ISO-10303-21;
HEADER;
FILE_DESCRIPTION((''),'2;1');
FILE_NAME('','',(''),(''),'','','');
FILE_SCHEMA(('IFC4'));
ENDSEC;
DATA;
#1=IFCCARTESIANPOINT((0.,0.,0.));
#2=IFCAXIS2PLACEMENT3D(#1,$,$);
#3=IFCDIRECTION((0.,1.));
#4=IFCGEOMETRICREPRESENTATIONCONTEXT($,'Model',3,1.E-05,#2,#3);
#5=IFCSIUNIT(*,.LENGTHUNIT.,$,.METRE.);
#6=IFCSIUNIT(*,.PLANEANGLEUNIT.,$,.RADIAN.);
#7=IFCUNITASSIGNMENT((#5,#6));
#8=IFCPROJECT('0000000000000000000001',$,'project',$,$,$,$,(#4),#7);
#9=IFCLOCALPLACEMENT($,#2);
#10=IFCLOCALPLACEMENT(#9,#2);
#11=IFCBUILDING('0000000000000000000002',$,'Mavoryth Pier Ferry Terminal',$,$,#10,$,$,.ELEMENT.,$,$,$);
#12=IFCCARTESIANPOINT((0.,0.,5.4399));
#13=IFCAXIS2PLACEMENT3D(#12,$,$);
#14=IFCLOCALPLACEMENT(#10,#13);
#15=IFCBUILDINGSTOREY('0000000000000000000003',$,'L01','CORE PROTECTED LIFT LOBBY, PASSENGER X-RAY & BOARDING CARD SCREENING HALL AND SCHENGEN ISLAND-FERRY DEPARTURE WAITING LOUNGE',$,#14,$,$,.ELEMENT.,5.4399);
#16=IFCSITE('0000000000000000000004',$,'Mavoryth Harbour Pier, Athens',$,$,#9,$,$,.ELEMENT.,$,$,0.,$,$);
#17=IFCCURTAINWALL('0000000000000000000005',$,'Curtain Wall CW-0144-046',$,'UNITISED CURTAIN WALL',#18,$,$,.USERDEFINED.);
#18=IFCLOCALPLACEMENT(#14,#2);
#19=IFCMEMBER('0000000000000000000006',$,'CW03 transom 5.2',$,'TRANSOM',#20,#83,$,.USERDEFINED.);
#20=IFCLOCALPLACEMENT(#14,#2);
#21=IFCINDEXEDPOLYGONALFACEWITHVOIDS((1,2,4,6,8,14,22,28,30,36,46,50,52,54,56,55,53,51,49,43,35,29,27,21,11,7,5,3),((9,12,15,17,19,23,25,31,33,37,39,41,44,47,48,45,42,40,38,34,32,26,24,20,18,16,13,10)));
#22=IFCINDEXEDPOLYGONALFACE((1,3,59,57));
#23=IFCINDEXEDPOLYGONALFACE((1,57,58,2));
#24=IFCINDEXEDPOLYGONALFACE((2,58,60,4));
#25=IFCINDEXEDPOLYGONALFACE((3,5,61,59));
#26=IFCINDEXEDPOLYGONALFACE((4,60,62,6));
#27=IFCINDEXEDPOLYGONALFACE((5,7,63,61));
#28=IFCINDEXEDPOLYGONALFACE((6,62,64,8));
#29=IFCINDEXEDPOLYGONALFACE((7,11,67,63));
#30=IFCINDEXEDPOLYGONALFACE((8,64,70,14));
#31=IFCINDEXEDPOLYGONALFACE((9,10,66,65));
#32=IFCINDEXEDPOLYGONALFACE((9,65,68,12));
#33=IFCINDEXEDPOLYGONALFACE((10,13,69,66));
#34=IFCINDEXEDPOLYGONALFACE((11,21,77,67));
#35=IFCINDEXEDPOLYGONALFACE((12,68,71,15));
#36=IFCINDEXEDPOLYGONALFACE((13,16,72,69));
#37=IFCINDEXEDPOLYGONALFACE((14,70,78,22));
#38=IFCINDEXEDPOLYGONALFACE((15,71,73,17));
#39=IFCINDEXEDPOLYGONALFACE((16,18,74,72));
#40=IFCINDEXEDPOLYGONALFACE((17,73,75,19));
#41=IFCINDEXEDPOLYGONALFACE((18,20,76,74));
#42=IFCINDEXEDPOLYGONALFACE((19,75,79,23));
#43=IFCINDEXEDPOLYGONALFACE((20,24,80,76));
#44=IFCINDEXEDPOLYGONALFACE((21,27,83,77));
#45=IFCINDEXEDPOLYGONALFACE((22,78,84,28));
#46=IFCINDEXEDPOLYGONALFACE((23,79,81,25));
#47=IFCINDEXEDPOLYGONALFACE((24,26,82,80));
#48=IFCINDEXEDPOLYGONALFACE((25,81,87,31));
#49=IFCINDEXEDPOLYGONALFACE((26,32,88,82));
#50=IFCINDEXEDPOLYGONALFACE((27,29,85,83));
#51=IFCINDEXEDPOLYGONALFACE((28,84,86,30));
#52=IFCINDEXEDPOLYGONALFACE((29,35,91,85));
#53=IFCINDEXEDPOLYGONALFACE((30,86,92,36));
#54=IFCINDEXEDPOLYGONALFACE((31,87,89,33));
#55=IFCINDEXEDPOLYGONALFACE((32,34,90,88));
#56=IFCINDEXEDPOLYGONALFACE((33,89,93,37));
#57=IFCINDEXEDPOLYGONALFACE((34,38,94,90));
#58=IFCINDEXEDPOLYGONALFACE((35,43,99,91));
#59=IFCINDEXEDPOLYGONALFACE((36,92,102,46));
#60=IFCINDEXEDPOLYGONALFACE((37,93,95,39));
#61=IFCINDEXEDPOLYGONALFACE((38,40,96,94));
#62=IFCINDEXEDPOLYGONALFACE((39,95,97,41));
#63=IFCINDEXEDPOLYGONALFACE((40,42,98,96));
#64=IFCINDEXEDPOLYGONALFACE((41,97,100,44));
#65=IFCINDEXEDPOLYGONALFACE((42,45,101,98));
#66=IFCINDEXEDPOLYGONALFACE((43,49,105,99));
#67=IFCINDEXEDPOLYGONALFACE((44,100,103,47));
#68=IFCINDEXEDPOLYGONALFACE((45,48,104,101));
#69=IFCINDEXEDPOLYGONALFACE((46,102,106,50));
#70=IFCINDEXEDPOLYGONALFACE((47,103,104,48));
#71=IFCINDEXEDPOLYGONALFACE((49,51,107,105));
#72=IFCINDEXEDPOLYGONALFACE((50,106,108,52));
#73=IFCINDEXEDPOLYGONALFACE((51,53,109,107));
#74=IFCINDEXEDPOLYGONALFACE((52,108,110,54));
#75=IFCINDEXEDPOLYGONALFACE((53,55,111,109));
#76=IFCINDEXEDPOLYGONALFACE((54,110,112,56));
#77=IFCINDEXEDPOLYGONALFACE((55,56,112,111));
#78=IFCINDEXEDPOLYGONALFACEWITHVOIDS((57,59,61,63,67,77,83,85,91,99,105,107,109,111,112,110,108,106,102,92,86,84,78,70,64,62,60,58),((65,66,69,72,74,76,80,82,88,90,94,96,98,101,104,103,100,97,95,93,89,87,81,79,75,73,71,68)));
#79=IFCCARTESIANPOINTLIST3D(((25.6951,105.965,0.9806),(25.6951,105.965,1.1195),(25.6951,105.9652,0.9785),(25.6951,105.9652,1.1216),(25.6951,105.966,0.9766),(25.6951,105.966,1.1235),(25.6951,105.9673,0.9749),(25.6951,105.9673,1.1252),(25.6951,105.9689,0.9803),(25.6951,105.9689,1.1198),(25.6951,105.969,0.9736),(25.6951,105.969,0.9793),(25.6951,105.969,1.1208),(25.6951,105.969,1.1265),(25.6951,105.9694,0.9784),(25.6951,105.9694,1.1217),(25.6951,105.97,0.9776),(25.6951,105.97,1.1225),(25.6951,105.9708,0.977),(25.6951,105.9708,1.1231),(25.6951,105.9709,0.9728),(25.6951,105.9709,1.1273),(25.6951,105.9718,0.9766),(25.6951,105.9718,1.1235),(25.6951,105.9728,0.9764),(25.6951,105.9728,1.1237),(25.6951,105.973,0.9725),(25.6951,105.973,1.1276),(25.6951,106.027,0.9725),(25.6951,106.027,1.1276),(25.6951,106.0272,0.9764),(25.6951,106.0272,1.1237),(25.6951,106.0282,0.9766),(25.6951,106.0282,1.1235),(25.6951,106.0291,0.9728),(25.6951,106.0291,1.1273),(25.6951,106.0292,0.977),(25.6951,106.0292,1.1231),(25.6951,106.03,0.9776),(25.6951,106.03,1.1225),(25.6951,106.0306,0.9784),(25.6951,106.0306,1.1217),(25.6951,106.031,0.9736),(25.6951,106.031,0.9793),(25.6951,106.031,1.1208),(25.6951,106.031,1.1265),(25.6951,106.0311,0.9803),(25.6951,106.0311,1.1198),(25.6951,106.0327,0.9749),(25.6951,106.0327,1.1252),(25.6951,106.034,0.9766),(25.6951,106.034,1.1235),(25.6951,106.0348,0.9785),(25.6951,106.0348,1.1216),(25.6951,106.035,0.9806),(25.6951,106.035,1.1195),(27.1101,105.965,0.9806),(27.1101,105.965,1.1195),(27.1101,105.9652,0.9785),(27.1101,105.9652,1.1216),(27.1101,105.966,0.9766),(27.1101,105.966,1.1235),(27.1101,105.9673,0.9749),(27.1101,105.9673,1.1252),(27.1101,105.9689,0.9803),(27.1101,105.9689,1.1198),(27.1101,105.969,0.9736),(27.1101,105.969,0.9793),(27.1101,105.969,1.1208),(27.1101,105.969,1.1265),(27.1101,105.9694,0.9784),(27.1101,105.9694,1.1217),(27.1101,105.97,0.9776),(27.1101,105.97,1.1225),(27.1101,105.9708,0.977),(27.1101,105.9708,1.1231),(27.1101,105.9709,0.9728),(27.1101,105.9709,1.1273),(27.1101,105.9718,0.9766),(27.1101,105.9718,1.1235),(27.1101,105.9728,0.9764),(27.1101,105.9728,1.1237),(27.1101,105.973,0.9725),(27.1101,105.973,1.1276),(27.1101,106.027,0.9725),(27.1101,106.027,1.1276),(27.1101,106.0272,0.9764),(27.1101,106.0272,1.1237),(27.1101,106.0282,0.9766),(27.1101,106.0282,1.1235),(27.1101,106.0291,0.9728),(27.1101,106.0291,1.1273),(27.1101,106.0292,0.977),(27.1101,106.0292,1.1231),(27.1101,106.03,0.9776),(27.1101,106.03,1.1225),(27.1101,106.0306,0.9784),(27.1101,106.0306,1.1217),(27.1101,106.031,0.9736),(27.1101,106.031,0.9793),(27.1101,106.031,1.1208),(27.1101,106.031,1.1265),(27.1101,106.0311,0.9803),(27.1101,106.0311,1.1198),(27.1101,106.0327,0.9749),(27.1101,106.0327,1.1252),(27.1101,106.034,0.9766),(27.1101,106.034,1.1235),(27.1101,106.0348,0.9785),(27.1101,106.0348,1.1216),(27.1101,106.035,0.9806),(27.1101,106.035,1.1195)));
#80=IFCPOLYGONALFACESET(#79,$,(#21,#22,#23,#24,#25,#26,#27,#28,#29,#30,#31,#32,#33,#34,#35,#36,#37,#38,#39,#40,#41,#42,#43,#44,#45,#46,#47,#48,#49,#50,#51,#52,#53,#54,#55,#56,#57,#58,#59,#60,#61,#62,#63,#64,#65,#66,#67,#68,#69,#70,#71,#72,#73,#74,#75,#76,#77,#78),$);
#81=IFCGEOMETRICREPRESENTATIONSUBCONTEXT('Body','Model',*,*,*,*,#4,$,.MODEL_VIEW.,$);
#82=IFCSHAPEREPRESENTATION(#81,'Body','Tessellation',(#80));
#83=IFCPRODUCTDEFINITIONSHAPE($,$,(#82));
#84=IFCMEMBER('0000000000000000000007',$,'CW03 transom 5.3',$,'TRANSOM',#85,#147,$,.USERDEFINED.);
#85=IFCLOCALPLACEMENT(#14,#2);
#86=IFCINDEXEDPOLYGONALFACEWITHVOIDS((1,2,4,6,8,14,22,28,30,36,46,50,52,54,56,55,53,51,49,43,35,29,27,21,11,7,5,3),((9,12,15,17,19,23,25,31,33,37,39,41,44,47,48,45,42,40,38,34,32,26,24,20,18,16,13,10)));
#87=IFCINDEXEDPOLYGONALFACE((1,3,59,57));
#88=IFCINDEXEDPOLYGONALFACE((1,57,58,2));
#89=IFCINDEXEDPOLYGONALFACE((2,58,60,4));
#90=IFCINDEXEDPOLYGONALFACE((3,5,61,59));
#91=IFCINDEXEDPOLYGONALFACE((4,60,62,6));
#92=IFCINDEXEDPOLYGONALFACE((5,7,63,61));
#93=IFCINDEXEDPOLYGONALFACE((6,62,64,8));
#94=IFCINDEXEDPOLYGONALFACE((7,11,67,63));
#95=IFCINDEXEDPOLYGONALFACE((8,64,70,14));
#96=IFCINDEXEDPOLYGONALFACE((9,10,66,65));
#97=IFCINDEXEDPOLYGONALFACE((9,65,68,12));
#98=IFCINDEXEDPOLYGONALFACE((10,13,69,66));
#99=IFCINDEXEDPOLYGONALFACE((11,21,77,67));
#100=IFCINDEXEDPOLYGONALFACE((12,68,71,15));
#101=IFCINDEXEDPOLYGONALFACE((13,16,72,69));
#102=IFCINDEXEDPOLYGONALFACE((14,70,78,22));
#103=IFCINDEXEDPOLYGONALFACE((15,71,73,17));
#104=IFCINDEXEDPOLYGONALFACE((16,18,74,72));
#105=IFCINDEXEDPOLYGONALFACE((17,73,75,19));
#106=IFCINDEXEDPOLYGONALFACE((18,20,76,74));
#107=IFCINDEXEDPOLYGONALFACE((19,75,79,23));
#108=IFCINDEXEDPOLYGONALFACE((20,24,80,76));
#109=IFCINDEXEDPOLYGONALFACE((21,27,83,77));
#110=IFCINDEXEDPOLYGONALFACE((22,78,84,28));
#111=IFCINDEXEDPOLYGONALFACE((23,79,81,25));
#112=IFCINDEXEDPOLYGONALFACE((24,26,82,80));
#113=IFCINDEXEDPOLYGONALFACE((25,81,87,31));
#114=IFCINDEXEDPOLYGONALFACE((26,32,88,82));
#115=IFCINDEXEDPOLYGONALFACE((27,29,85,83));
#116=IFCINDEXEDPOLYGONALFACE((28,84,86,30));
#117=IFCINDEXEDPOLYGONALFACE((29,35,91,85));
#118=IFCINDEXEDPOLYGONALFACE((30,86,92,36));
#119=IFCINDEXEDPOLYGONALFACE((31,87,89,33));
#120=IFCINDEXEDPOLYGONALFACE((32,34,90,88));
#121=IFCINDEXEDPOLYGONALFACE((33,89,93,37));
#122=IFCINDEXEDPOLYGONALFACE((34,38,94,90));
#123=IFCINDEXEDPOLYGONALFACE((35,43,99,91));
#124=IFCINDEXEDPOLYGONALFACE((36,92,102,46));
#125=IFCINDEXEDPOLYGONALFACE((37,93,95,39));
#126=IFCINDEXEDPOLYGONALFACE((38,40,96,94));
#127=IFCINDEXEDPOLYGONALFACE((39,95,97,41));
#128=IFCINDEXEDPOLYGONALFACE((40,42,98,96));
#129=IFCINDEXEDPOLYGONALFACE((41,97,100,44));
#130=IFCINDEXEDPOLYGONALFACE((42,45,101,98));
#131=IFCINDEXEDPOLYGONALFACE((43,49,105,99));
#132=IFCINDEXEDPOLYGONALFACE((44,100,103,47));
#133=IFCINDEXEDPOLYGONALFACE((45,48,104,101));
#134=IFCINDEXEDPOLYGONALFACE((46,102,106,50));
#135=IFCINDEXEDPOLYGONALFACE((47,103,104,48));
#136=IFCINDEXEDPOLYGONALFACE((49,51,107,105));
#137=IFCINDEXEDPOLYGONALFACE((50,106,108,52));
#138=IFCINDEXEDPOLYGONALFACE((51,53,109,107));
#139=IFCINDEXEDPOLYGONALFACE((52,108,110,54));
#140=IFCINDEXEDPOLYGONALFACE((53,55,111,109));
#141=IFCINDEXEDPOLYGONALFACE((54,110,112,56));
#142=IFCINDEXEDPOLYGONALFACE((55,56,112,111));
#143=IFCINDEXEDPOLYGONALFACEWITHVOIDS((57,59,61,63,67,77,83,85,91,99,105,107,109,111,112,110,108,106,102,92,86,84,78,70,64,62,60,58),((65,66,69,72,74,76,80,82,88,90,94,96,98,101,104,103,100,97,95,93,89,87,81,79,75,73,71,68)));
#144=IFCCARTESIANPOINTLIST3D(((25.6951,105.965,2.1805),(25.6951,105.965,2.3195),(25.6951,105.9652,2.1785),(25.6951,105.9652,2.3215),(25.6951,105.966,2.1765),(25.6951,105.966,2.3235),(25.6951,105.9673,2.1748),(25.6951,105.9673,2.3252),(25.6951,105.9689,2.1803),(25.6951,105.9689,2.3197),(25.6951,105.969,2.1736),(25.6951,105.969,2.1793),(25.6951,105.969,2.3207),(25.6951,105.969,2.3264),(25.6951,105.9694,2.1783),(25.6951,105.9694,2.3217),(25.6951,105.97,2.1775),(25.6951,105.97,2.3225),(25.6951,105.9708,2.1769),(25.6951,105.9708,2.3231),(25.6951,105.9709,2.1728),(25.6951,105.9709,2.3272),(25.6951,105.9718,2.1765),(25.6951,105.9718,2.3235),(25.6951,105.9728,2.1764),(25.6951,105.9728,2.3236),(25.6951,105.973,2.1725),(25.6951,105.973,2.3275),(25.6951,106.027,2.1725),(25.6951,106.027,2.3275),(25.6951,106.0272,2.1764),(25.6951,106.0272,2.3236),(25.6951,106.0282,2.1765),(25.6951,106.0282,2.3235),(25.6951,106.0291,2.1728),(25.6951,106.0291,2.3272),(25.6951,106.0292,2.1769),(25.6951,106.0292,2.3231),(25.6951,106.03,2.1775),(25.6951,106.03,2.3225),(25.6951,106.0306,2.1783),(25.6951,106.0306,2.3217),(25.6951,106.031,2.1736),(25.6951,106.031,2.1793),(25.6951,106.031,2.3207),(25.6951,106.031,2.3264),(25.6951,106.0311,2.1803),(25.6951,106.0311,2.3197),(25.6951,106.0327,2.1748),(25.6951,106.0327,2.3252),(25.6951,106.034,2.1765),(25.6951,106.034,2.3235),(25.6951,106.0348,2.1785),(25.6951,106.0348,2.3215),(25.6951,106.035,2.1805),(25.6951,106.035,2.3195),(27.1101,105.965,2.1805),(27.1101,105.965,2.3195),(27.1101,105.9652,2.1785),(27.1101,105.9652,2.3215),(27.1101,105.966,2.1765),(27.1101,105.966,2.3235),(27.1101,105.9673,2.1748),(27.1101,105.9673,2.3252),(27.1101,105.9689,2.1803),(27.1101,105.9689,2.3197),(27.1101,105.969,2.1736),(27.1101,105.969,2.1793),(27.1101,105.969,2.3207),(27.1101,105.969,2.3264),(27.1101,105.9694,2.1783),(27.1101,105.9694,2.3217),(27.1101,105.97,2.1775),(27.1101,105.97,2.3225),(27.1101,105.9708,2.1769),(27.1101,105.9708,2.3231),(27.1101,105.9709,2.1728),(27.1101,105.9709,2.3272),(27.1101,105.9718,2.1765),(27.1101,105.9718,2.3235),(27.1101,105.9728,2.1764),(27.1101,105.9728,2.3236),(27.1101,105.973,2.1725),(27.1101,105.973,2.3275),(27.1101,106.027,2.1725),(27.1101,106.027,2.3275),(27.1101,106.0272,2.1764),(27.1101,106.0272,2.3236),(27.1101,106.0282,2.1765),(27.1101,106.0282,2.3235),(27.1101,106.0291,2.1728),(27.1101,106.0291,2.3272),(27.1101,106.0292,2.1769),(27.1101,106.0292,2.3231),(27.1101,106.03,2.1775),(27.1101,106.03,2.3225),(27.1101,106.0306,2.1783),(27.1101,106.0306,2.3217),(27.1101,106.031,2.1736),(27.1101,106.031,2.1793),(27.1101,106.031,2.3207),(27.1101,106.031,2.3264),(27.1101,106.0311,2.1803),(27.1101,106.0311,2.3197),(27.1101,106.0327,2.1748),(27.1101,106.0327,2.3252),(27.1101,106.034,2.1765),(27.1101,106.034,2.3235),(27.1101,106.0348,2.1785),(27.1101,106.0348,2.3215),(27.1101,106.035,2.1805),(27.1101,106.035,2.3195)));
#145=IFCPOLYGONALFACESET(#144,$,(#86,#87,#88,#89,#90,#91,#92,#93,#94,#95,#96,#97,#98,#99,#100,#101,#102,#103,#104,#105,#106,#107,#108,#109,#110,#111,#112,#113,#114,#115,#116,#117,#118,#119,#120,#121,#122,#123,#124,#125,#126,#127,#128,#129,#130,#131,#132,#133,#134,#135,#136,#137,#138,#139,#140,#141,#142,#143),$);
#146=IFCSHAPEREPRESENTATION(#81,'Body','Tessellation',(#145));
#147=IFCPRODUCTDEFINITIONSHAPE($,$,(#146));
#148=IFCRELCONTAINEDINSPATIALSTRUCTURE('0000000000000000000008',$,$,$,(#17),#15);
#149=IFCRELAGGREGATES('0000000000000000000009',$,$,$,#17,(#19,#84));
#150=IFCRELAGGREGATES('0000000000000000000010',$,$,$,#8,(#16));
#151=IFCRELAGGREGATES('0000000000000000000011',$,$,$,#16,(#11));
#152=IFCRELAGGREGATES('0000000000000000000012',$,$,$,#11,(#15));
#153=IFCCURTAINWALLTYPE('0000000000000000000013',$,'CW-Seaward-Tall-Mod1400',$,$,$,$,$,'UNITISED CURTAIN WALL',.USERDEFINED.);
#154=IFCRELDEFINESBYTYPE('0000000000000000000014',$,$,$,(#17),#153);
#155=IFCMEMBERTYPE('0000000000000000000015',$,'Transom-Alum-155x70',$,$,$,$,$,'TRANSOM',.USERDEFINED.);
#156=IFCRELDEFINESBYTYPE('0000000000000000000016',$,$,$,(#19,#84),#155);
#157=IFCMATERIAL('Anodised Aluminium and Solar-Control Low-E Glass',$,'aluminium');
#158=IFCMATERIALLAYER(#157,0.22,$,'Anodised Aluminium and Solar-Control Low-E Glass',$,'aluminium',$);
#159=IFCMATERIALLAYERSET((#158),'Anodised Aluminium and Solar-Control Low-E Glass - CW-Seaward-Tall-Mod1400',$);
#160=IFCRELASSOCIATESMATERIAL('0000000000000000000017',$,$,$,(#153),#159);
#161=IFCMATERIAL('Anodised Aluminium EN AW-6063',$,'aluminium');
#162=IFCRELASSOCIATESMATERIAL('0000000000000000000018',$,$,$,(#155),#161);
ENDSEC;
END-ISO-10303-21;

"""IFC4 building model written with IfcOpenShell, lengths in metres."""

from ifc_helpers import new_model, si_unit, direction, frame, origin, origin_2d, place, context, subcontext, project, spatial, hollow_rectangle, extrude, material, layer, layer_set, material_profile, profile_set, type_object, element, aggregate, save


model = new_model("IFC4")

# Units and contexts
model_context = context("Model", 3, precision=1e-05, world=origin(), true_north=direction((0.0, 1.0)))
body_context = subcontext(model_context, "Body", "Model", "MODEL_VIEW")
ifc_project = project(units=[si_unit("LENGTHUNIT", "METRE"), si_unit("PLANEANGLEUNIT", "RADIAN")], contexts=[model_context])

# Site, building, storey
site_placement = place(None, origin())
site = spatial("IfcSite", under=ifc_project, at=site_placement, Name="Mavoryth Harbour Pier, Athens", CompositionType="ELEMENT", RefElevation=0.0)
building_placement = place(site_placement, origin())
building = spatial("IfcBuilding", under=site, at=building_placement, Name="Mavoryth Pier Ferry Terminal", CompositionType="ELEMENT")
storey_placement = place(building_placement, frame((0.0, 0.0, 5.4399)))
storey = spatial("IfcBuildingStorey", under=building, at=storey_placement, Name="L01", Description="CORE PROTECTED LIFT LOBBY, PASSENGER X-RAY & BOARDING CARD SCREENING HALL AND SCHENGEN ISLAND-FERRY DEPARTURE WAITING LOUNGE", CompositionType="ELEMENT", Elevation=5.4399)

# Curtain wall
ifc_material_1 = material(Name="Anodised Aluminium and Solar-Control Low-E Glass", Category="aluminium")
ifc_layer_1 = layer(ifc_material_1, 0.22, Name="Anodised Aluminium and Solar-Control Low-E Glass", Category="aluminium")
ifc_layer_set_1 = layer_set([ifc_layer_1], Name="Anodised Aluminium and Solar-Control Low-E Glass - CW-Seaward-Tall-Mod1400")
curtain_wall_type = type_object("IfcCurtainWallType", Name="CW-Seaward-Tall-Mod1400", ElementType="UNITISED CURTAIN WALL", PredefinedType="USERDEFINED", material=ifc_layer_set_1)
ifc_material_2 = material(Name="Anodised Aluminium EN AW-6063", Category="aluminium")
curtain_wall_1_placement = place(storey_placement, origin())
curtain_wall_1 = element("IfcCurtainWall", 1, at=curtain_wall_1_placement, inside=storey, type_object=curtain_wall_type, Name="Curtain Wall CW-0144-046", ObjectType="UNITISED CURTAIN WALL", PredefinedType="USERDEFINED")

# Members
ifc_material_profile_1 = material_profile(ifc_material_2, hollow_rectangle(XDim=0.0701, YDim=0.155, WallThickness=0.0039, InnerFilletRadius=0.0039, OuterFilletRadius=0.0081, at=origin_2d()), Name="AL-TRAN 155x70x4", Category="aluminium")
ifc_profile_set_1 = profile_set([ifc_material_profile_1], Name="Anodised Aluminium EN AW-6063 - AL-TRAN 155x70x4")
member_type_1 = type_object("IfcMemberType", Name="Transom-Alum-155x70", ElementType="TRANSOM", PredefinedType="USERDEFINED", material=ifc_profile_set_1)
member_1_placement = place(storey_placement, frame((27.1101, 106.0, 1.05), z_axis=(-1.0, 0.0, 0.0), x_axis=(0.0, -1.0, 0.0)))
member_1 = element("IfcMember", 2, at=member_1_placement, type_object=member_type_1, Name="CW03 transom 5.2", ObjectType="TRANSOM", PredefinedType="USERDEFINED", context=body_context, shape_type="SweptSolid", body=[
    extrude(hollow_rectangle(XDim=0.0701, YDim=0.155, WallThickness=0.0039, InnerFilletRadius=0.0039, OuterFilletRadius=0.0081, at=origin_2d()), origin(), (0.0, 0.0, 1.0), 1.415),
])
member_2_placement = place(storey_placement, frame((27.1101, 106.0, 2.25), z_axis=(-1.0, 0.0, 0.0), x_axis=(0.0, -1.0, 0.0)))
member_2 = element("IfcMember", 3, at=member_2_placement, type_object=member_type_1, Name="CW03 transom 5.3", ObjectType="TRANSOM", PredefinedType="USERDEFINED", context=body_context, shape_type="SweptSolid", body=[
    extrude(hollow_rectangle(XDim=0.0701, YDim=0.155, WallThickness=0.0039, InnerFilletRadius=0.0039, OuterFilletRadius=0.0081, at=origin_2d()), origin(), (0.0, 0.0, 1.0), 1.415),
])

aggregate(curtain_wall_1, [member_1, member_2])

save(model, "model.ifc")
